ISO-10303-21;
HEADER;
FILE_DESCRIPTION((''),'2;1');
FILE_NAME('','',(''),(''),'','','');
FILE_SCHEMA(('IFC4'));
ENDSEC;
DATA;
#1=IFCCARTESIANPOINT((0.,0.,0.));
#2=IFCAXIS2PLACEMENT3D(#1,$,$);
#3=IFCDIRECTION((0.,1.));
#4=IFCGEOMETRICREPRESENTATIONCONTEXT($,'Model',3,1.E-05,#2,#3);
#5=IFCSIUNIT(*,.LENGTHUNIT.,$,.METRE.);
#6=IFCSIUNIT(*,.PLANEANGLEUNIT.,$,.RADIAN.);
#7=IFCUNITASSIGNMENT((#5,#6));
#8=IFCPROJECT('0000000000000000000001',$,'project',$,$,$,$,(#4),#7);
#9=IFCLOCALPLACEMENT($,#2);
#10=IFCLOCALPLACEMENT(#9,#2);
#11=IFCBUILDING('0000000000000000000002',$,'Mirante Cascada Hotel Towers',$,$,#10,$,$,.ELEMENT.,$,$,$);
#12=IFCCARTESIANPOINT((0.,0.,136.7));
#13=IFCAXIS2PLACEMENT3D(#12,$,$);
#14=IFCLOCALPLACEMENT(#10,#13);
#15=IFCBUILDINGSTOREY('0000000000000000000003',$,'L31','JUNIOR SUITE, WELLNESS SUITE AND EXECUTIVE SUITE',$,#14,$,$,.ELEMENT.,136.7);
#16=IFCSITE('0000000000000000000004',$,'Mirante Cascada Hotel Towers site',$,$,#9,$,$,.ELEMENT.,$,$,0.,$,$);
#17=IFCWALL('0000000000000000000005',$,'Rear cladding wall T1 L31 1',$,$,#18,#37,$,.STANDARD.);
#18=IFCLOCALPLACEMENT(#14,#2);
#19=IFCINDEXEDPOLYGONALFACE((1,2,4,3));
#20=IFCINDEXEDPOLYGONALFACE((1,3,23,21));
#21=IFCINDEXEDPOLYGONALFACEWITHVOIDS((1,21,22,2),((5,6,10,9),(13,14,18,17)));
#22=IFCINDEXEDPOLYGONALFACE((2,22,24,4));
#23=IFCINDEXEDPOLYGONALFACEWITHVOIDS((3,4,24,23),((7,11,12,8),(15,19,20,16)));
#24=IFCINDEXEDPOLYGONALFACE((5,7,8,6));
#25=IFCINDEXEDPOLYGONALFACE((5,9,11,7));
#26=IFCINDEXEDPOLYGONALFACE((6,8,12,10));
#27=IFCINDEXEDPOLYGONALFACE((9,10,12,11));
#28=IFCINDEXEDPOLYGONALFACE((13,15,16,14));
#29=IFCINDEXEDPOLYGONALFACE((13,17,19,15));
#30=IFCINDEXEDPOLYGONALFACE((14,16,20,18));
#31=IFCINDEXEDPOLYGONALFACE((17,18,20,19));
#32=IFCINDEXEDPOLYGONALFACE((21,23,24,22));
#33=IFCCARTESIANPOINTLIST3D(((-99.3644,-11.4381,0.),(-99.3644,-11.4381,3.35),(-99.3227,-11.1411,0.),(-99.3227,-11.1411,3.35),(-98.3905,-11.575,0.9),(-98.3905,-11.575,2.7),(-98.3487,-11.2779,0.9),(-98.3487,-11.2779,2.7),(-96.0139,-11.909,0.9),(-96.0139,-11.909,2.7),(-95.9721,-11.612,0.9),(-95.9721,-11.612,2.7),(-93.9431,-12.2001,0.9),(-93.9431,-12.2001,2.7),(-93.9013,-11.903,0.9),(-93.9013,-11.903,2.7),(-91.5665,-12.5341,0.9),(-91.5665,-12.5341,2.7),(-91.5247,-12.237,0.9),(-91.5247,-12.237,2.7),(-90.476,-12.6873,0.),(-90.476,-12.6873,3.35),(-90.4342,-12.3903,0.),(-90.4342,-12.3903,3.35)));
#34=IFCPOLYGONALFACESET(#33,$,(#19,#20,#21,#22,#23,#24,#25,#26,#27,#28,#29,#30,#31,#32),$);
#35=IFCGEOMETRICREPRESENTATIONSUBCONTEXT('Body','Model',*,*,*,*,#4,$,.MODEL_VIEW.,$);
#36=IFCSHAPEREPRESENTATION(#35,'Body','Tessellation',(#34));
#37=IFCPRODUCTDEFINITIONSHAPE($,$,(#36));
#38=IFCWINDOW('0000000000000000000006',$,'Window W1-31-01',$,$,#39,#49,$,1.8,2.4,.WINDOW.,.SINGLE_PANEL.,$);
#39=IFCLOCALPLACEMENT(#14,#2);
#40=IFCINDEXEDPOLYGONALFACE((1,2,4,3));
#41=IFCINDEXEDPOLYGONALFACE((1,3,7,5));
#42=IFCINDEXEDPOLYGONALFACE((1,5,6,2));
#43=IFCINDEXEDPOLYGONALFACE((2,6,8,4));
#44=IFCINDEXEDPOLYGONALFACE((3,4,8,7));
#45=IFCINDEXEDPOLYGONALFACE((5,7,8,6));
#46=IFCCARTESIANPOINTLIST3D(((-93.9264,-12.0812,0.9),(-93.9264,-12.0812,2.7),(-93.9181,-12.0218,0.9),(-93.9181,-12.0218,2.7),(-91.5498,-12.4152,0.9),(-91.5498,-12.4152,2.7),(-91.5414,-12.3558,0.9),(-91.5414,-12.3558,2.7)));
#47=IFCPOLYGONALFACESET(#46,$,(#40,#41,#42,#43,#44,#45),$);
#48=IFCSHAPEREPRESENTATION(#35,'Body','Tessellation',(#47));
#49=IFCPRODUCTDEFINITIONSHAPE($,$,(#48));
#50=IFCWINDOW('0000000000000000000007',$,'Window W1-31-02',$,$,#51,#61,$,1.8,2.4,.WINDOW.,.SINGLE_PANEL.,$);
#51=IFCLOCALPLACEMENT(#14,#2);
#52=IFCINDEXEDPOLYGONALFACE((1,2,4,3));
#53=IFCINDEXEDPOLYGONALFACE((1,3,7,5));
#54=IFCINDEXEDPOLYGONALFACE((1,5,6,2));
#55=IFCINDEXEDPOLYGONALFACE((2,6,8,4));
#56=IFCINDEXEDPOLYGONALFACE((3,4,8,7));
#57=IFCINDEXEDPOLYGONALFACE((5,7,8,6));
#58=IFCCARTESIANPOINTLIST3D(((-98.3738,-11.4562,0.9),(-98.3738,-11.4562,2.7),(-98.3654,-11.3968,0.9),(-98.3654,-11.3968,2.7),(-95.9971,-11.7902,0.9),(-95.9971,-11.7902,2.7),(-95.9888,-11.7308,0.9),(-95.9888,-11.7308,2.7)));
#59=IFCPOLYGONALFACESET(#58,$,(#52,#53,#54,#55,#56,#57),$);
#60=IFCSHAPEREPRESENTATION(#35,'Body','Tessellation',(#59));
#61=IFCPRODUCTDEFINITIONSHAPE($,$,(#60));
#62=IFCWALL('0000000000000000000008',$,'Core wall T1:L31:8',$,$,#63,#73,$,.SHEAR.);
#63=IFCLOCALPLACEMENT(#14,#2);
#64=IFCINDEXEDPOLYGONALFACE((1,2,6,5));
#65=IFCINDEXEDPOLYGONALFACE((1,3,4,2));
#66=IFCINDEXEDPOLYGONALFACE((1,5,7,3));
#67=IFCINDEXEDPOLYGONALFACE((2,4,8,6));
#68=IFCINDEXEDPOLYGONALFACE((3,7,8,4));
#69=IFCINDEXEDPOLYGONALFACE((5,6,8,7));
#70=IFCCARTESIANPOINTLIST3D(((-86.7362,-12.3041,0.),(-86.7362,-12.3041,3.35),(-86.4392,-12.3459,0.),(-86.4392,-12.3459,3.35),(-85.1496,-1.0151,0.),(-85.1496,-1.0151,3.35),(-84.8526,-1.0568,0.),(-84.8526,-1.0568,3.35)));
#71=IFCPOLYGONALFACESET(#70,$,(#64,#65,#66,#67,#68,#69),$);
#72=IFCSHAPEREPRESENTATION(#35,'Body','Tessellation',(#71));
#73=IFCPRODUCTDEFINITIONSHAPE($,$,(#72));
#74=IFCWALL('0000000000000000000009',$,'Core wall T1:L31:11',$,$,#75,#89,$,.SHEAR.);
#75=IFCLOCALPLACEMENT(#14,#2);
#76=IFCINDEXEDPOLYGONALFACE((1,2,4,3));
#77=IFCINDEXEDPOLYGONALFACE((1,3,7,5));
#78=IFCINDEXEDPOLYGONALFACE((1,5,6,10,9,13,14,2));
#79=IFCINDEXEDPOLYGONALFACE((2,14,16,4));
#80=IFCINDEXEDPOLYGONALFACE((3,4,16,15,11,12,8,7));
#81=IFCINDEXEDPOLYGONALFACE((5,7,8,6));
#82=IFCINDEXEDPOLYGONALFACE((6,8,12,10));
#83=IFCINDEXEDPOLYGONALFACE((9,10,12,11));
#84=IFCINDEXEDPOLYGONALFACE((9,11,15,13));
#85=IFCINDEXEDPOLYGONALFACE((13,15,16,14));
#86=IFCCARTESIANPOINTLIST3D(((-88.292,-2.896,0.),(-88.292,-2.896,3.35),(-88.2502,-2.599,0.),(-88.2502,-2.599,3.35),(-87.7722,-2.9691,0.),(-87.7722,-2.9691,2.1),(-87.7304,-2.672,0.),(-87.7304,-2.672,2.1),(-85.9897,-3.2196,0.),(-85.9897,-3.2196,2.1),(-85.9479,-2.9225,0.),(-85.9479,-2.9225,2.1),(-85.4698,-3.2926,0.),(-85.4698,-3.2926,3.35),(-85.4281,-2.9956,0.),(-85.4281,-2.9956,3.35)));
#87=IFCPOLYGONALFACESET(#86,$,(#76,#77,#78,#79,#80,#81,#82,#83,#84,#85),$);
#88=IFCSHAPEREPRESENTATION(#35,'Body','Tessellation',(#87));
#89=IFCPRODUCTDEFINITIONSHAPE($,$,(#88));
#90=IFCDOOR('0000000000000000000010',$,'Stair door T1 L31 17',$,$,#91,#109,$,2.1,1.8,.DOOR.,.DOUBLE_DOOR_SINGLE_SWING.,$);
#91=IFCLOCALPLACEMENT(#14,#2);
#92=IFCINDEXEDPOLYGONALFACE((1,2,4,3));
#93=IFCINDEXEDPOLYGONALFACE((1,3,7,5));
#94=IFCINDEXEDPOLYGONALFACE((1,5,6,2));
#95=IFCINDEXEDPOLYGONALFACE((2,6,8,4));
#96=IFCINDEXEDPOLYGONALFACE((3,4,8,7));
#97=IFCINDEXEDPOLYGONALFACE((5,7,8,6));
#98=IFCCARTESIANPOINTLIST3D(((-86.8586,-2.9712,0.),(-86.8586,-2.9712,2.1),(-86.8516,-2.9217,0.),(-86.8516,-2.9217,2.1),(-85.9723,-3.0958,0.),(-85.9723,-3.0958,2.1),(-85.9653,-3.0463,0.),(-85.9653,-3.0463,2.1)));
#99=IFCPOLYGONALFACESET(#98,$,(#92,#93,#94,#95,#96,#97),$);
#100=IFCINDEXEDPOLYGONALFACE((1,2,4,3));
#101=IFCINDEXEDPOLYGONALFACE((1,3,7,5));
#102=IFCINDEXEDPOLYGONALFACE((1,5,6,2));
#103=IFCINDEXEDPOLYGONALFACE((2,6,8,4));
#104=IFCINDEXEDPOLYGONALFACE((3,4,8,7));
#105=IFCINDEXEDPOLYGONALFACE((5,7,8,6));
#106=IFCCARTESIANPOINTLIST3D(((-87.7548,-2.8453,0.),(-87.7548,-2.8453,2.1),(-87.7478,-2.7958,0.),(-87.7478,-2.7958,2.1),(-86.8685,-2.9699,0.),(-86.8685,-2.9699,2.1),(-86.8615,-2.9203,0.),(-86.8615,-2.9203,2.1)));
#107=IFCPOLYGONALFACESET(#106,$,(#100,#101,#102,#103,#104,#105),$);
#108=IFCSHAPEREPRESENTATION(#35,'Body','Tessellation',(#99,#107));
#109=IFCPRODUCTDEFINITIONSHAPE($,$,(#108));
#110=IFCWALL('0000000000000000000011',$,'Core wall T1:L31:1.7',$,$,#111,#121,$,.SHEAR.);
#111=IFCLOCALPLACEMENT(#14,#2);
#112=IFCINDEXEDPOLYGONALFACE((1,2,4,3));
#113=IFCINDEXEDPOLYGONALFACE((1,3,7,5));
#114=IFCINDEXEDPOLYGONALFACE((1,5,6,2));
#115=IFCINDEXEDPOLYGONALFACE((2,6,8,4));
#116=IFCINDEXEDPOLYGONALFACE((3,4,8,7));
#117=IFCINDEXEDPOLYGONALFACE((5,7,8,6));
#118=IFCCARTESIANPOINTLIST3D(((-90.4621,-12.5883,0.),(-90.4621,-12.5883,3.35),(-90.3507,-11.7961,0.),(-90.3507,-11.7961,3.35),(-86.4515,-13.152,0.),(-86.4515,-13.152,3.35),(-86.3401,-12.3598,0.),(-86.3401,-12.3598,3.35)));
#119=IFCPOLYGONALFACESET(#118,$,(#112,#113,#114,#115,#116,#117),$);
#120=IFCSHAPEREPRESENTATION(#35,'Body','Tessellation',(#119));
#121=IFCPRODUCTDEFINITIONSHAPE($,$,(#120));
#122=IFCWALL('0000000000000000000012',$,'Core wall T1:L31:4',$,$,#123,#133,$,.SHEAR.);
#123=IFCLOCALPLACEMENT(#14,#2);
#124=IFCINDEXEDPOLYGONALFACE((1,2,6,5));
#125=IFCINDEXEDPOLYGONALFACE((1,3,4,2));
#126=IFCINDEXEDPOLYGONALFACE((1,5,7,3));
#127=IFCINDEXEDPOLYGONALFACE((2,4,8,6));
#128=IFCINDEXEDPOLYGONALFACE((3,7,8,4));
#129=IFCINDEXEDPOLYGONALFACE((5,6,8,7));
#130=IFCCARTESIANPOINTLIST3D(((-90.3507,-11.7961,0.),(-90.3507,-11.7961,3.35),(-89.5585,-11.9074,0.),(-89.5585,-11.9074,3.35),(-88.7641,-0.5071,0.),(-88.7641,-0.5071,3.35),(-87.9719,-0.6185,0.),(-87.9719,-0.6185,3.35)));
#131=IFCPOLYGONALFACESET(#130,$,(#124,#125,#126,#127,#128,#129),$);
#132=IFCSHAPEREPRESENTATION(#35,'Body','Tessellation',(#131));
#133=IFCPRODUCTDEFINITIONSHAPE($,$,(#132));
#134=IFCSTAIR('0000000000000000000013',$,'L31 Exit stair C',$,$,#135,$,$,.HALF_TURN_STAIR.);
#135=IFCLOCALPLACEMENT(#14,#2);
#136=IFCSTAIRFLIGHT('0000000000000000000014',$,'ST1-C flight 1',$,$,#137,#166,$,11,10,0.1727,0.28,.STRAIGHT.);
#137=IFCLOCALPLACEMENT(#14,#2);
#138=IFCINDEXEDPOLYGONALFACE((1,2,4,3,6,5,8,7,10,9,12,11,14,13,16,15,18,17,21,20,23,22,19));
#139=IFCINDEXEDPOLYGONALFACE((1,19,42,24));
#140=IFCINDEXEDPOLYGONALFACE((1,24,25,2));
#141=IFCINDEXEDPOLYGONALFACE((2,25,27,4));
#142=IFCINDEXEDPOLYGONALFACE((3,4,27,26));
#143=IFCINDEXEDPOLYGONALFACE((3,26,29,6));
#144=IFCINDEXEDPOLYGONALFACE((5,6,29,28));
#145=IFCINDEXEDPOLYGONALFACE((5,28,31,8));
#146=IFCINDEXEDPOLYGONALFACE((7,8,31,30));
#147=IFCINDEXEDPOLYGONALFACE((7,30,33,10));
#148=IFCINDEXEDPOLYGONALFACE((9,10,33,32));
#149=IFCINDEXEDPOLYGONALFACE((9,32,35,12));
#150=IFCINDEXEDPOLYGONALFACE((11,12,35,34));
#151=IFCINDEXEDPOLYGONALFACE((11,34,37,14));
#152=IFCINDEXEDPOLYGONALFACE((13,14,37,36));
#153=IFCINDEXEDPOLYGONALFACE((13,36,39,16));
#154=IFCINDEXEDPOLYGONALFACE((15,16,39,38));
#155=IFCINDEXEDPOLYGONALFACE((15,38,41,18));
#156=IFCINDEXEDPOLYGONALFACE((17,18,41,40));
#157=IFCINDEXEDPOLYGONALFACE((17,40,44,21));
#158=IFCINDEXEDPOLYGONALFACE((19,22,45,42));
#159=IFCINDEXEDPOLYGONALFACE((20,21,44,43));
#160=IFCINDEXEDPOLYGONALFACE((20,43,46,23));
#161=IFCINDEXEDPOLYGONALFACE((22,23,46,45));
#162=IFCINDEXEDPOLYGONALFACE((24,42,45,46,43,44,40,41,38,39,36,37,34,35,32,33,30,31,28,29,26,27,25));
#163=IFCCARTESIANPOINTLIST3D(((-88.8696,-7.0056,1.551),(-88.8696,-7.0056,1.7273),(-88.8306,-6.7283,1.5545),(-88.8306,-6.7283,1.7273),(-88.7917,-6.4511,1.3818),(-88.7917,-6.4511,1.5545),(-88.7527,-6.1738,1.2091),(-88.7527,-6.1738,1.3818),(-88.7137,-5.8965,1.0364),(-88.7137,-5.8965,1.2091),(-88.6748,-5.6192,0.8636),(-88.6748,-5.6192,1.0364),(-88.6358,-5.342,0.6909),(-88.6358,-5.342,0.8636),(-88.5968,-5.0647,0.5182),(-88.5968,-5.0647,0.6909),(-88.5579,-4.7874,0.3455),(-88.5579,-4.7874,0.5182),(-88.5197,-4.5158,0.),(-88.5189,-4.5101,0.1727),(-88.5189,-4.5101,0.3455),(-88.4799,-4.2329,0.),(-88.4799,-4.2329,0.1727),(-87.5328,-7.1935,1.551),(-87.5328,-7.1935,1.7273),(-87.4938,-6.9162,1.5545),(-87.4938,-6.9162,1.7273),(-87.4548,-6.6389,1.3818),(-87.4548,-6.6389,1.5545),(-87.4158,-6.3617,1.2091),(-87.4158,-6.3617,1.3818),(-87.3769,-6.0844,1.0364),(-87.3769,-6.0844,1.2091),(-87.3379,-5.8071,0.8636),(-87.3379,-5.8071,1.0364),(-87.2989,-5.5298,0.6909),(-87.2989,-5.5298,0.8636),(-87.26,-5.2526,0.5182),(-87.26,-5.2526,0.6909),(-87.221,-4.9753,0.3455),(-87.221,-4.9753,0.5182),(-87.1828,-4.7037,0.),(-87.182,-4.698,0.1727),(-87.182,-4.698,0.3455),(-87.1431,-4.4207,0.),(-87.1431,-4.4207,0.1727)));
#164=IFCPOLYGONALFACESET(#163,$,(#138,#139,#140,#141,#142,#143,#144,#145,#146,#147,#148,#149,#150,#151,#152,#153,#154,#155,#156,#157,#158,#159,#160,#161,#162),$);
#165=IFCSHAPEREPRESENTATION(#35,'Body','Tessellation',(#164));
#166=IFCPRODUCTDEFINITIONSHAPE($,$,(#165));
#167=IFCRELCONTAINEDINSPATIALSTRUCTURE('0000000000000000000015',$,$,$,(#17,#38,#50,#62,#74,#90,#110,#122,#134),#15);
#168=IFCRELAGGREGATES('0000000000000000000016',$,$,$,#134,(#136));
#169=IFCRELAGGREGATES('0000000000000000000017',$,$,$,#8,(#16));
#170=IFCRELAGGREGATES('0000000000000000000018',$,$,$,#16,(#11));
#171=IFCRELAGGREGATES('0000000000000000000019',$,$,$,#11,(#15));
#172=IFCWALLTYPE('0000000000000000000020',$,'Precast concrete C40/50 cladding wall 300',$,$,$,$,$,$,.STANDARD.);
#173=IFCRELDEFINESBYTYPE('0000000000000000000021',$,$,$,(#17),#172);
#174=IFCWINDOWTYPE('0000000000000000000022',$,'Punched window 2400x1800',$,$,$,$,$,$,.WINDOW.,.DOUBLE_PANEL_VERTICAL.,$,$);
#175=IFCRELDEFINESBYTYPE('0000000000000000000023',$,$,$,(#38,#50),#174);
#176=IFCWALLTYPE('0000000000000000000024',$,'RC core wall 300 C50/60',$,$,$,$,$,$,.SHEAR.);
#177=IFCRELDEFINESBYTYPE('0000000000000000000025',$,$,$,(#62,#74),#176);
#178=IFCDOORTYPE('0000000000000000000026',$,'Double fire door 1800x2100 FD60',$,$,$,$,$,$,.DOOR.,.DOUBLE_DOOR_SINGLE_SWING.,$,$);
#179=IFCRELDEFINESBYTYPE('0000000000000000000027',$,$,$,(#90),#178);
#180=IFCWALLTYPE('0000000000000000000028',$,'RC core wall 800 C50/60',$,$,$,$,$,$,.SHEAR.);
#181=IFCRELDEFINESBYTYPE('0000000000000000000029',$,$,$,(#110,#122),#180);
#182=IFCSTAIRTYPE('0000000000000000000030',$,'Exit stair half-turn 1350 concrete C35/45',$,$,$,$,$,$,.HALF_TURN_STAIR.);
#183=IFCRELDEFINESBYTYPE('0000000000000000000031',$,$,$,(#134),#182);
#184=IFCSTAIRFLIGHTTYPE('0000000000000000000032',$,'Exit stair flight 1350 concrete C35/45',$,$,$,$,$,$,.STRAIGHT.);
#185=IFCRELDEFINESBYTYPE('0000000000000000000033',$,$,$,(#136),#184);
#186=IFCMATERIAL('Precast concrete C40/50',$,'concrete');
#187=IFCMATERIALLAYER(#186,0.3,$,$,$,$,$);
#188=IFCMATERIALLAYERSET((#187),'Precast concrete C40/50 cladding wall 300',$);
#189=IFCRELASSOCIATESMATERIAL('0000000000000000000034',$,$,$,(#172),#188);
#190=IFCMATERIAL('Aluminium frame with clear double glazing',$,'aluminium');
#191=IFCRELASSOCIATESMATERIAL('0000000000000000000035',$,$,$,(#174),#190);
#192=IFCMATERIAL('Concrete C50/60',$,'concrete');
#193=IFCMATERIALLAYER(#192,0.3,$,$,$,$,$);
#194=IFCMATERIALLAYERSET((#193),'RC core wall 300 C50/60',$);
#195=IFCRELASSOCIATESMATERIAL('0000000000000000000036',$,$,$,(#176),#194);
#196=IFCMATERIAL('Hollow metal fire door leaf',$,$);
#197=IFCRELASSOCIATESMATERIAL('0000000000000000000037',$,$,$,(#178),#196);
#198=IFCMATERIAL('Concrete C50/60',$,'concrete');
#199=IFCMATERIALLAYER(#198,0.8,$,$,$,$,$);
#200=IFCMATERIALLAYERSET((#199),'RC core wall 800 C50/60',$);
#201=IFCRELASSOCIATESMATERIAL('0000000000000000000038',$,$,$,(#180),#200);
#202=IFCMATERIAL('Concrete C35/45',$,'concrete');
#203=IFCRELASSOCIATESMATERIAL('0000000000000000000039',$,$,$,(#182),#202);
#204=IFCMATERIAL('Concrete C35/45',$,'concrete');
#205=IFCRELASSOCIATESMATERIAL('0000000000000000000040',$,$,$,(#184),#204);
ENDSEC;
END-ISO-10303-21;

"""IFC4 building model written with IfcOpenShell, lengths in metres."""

from ifc_helpers import new_model, si_unit, direction, frame, frame_2d, origin, place, context, subcontext, project, spatial, polyline, rectangle, outline, extrude, material, layer, layer_set, type_object, element, fill, aggregate, save


model = new_model("IFC4")

# Units and contexts
model_context = context("Model", 3, precision=1e-05, world=origin(), true_north=direction((0.0, 1.0)))
body_context = subcontext(model_context, "Body", "Model", "MODEL_VIEW")
ifc_project = project(units=[si_unit("LENGTHUNIT", "METRE"), si_unit("PLANEANGLEUNIT", "RADIAN")], contexts=[model_context])

# Site, building, storey
site_placement = place(None, origin())
site = spatial("IfcSite", under=ifc_project, at=site_placement, Name="Mirante Cascada Hotel Towers site", CompositionType="ELEMENT", RefElevation=0.0)
building_placement = place(site_placement, origin())
building = spatial("IfcBuilding", under=site, at=building_placement, Name="Mirante Cascada Hotel Towers", CompositionType="ELEMENT")
storey_placement = place(building_placement, frame((0.0, 0.0, 136.7)))
storey = spatial("IfcBuildingStorey", under=building, at=storey_placement, Name="L31", Description="JUNIOR SUITE, WELLNESS SUITE AND EXECUTIVE SUITE", CompositionType="ELEMENT", Elevation=136.7)

# Wall, openings, windows
ifc_material_1 = material(Name="Precast concrete C40/50", Category="concrete")
ifc_layer_1 = layer(ifc_material_1, 0.3)
ifc_layer_set_1 = layer_set([ifc_layer_1], Name="Precast concrete C40/50 cladding wall 300")
wall_type_1 = type_object("IfcWallType", Name="Precast concrete C40/50 cladding wall 300", PredefinedType="STANDARD", material=ifc_layer_set_1)
wall_1_placement = place(storey_placement, frame((-90.4551, -12.5388, 0.0), z_axis=(0.0, 0.0, 1.0), x_axis=(-0.990268, 0.139175, 0.0)))
wall_1 = element("IfcWall", 1, at=wall_1_placement, inside=storey, type_object=wall_type_1, Name="Rear cladding wall T1 L31 1", PredefinedType="STANDARD", context=body_context, shape_type="SweptSolid", body=[
    extrude(rectangle(XDim=8.9758, YDim=0.3, at=frame_2d((4.4879, 0.0))), origin(), (0.0, 0.0, 1.0), 3.35),
])
opening_1_placement = place(wall_1_placement, frame((1.1012, 0.0, 0.9)))
opening_1 = element("IfcOpeningElement", 2, at=opening_1_placement, cuts=wall_1, PredefinedType="OPENING", context=body_context, shape_type="SweptSolid", body=[
    extrude(rectangle(XDim=2.4, YDim=1.8, at=frame_2d((1.2, 0.9))), frame((0.0, 0.15, 0.0), z_axis=(0.0, -1.0, 0.0), x_axis=(1.0, 0.0, 0.0)), (0.0, 0.0, 1.0), 0.3),
])
opening_2_placement = place(wall_1_placement, frame((5.5923, 0.0, 0.9)))
opening_2 = element("IfcOpeningElement", 3, at=opening_2_placement, cuts=wall_1, PredefinedType="OPENING", context=body_context, shape_type="SweptSolid", body=[
    extrude(rectangle(XDim=2.4, YDim=1.8, at=frame_2d((1.2, 0.9))), frame((0.0, 0.15, 0.0), z_axis=(0.0, -1.0, 0.0), x_axis=(1.0, 0.0, 0.0)), (0.0, 0.0, 1.0), 0.3),
])
ifc_material_2 = material(Name="Aluminium frame with clear double glazing", Category="aluminium")
window_type = type_object("IfcWindowType", Name="Punched window 2400x1800", PartitioningType="DOUBLE_PANEL_VERTICAL", PredefinedType="WINDOW", material=ifc_material_2)
window_1_placement = place(opening_1_placement, origin())
window_1 = element("IfcWindow", 4, at=window_1_placement, inside=storey, type_object=window_type, Name="Window W1-31-01", OverallHeight=1.8, OverallWidth=2.4, PartitioningType="SINGLE_PANEL", PredefinedType="WINDOW", context=body_context, shape_type="SweptSolid", body=[
    extrude(rectangle(XDim=2.4, YDim=1.8, at=frame_2d((1.2, 0.9))), frame((0.0, 0.03, 0.0), z_axis=(0.0, -1.0, 0.0), x_axis=(1.0, 0.0, 0.0)), (0.0, 0.0, 1.0), 0.06),
])
fill(opening_1, window_1)
window_2_placement = place(opening_2_placement, origin())
window_2 = element("IfcWindow", 5, at=window_2_placement, inside=storey, type_object=window_type, Name="Window W1-31-02", OverallHeight=1.8, OverallWidth=2.4, PartitioningType="SINGLE_PANEL", PredefinedType="WINDOW", context=body_context, shape_type="SweptSolid", body=[
    extrude(rectangle(XDim=2.4, YDim=1.8, at=frame_2d((1.2, 0.9))), frame((0.0, 0.03, 0.0), z_axis=(0.0, -1.0, 0.0), x_axis=(1.0, 0.0, 0.0)), (0.0, 0.0, 1.0), 0.06),
])
fill(opening_2, window_2)

# Wall
ifc_material_3 = material(Name="Concrete C50/60", Category="concrete")
ifc_layer_2 = layer(ifc_material_3, 0.3)
ifc_layer_set_2 = layer_set([ifc_layer_2], Name="RC core wall 300 C50/60")
wall_type_2 = type_object("IfcWallType", Name="RC core wall 300 C50/60", PredefinedType="SHEAR", material=ifc_layer_set_2)
wall_2_placement = place(storey_placement, frame((-86.5877, -12.325, 0.0), z_axis=(0.0, 0.0, 1.0), x_axis=(0.139175, 0.990268, 0.0)))
element("IfcWall", 6, at=wall_2_placement, inside=storey, type_object=wall_type_2, Name="Core wall T1:L31:8", PredefinedType="SHEAR", context=body_context, shape_type="SweptSolid", body=[
    extrude(rectangle(XDim=11.4, YDim=0.3, at=frame_2d((5.7, 0.0))), origin(), (0.0, 0.0, 1.0), 3.35),
])

# Wall, opening, door
wall_3_placement = place(storey_placement, frame((-85.4489, -3.1441, 0.0), z_axis=(0.0, 0.0, 1.0), x_axis=(-0.99027, 0.139161, 0.0)))
wall_3 = element("IfcWall", 7, at=wall_3_placement, inside=storey, type_object=wall_type_2, Name="Core wall T1:L31:11", PredefinedType="SHEAR", context=body_context, shape_type="SweptSolid", body=[
    extrude(rectangle(XDim=2.8499, YDim=0.3, at=frame_2d((1.425, 0.0))), origin(), (0.0, 0.0, 1.0), 3.35),
])
opening_3_placement = place(wall_3_placement, frame((0.525, 0.0, 0.0)))
opening_3 = element("IfcOpeningElement", 8, at=opening_3_placement, cuts=wall_3, PredefinedType="OPENING", context=body_context, shape_type="SweptSolid", body=[
    extrude(rectangle(XDim=1.8, YDim=2.1, at=frame_2d((0.9, 1.05))), frame((0.0, 0.15, 0.0), z_axis=(0.0, -1.0, 0.0), x_axis=(1.0, 0.0, 0.0)), (0.0, 0.0, 1.0), 0.3),
])
ifc_material_4 = material(Name="Hollow metal fire door leaf")
door_type_1 = type_object("IfcDoorType", Name="Double fire door 1800x2100 FD60", OperationType="DOUBLE_DOOR_SINGLE_SWING", PredefinedType="DOOR", material=ifc_material_4)
door_1_placement = place(opening_3_placement, origin())
door_1 = element("IfcDoor", 9, at=door_1_placement, inside=storey, type_object=door_type_1, Name="Stair door T1 L31 17", OperationType="DOUBLE_DOOR_SINGLE_SWING", OverallHeight=2.1, OverallWidth=1.8, PredefinedType="DOOR", context=body_context, shape_type="SweptSolid", body=[
    extrude(rectangle(XDim=0.895, YDim=2.1, at=frame_2d((0.4475, 1.05))), frame((0.0, 0.025, 0.0), z_axis=(0.0, -1.0, 0.0), x_axis=(1.0, 0.0, 0.0)), (0.0, 0.0, 1.0), 0.05),
    extrude(rectangle(XDim=0.895, YDim=2.1, at=frame_2d((1.3525, 1.05))), frame((0.0, 0.025, 0.0), z_axis=(0.0, -1.0, 0.0), x_axis=(1.0, 0.0, 0.0)), (0.0, 0.0, 1.0), 0.05),
])
fill(opening_3, door_1)

# Walls
ifc_material_5 = material(Name="Concrete C50/60", Category="concrete")
ifc_layer_3 = layer(ifc_material_5, 0.8)
ifc_layer_set_3 = layer_set([ifc_layer_3], Name="RC core wall 800 C50/60")
wall_type_3 = type_object("IfcWallType", Name="RC core wall 800 C50/60", PredefinedType="SHEAR", material=ifc_layer_set_3)
wall_4_placement = place(storey_placement, frame((-86.3958, -12.7559, 0.0), z_axis=(0.0, 0.0, 1.0), x_axis=(-0.990267, 0.139184, 0.0)))
element("IfcWall", 10, at=wall_4_placement, inside=storey, type_object=wall_type_3, Name="Core wall T1:L31:1.7", PredefinedType="SHEAR", context=body_context, shape_type="SweptSolid", body=[
    extrude(rectangle(XDim=4.05, YDim=0.8, at=frame_2d((2.025, 0.0))), origin(), (0.0, 0.0, 1.0), 3.35),
])
wall_5_placement = place(storey_placement, frame((-89.9546, -11.8518, 0.0), z_axis=(0.0, 0.0, 1.0), x_axis=(0.139176, 0.990268, 0.0)))
element("IfcWall", 11, at=wall_5_placement, inside=storey, type_object=wall_type_3, Name="Core wall T1:L31:4", PredefinedType="SHEAR", context=body_context, shape_type="SweptSolid", body=[
    extrude(rectangle(XDim=11.3999, YDim=0.8, at=frame_2d((5.7, 0.0))), origin(), (0.0, 0.0, 1.0), 3.35),
])

# Stair, stair flight
ifc_material_6 = material(Name="Concrete C35/45", Category="concrete")
stair_type = type_object("IfcStairType", Name="Exit stair half-turn 1350 concrete C35/45", PredefinedType="HALF_TURN_STAIR", material=ifc_material_6)
stair_placement = place(storey_placement, origin())
stair = element("IfcStair", 12, at=stair_placement, inside=storey, type_object=stair_type, Name="L31 Exit stair C", PredefinedType="HALF_TURN_STAIR")
ifc_material_7 = material(Name="Concrete C35/45", Category="concrete")
stair_flight_type = type_object("IfcStairFlightType", Name="Exit stair flight 1350 concrete C35/45", PredefinedType="STRAIGHT", material=ifc_material_7)
stair_flight_1_placement = place(storey_placement, frame((-87.8115, -4.3268, 0.0), z_axis=(0.0, 0.0, 1.0), x_axis=(-0.139173, -0.990268, 0.0)))
stair_flight_1 = element("IfcStairFlight", 13, at=stair_flight_1_placement, type_object=stair_flight_type, Name="ST1-C flight 1", NumberOfRisers=11, NumberOfTreads=10, PredefinedType="STRAIGHT", RiserHeight=0.1727, TreadLength=0.28, context=body_context, shape_type="SweptSolid", body=[
    extrude(outline(polyline([(0.0, 0.0), (0.0, 0.1727), (0.28, 0.1727), (0.28, 0.3455), (0.56, 0.3455), (0.56, 0.5182), (0.84, 0.5182), (0.84, 0.6909), (1.12, 0.6909), (1.12, 0.8636), (1.4, 0.8636), (1.4, 1.0364), (1.68, 1.0364), (1.68, 1.2091), (1.96, 1.2091), (1.96, 1.3818), (2.24, 1.3818), (2.24, 1.5545), (2.52, 1.5545), (2.52, 1.7273), (2.8, 1.7273), (2.8, 1.9), (2.8, 1.551), (0.2857, 0.0), (0.0, 0.0)])), frame((0.0, 0.675, 0.0), z_axis=(0.0, -1.0, 0.0), x_axis=(1.0, 0.0, 0.0)), (0.0, 0.0, 1.0), 1.35),
])
aggregate(stair, [stair_flight_1])

save(model, "model.ifc")
